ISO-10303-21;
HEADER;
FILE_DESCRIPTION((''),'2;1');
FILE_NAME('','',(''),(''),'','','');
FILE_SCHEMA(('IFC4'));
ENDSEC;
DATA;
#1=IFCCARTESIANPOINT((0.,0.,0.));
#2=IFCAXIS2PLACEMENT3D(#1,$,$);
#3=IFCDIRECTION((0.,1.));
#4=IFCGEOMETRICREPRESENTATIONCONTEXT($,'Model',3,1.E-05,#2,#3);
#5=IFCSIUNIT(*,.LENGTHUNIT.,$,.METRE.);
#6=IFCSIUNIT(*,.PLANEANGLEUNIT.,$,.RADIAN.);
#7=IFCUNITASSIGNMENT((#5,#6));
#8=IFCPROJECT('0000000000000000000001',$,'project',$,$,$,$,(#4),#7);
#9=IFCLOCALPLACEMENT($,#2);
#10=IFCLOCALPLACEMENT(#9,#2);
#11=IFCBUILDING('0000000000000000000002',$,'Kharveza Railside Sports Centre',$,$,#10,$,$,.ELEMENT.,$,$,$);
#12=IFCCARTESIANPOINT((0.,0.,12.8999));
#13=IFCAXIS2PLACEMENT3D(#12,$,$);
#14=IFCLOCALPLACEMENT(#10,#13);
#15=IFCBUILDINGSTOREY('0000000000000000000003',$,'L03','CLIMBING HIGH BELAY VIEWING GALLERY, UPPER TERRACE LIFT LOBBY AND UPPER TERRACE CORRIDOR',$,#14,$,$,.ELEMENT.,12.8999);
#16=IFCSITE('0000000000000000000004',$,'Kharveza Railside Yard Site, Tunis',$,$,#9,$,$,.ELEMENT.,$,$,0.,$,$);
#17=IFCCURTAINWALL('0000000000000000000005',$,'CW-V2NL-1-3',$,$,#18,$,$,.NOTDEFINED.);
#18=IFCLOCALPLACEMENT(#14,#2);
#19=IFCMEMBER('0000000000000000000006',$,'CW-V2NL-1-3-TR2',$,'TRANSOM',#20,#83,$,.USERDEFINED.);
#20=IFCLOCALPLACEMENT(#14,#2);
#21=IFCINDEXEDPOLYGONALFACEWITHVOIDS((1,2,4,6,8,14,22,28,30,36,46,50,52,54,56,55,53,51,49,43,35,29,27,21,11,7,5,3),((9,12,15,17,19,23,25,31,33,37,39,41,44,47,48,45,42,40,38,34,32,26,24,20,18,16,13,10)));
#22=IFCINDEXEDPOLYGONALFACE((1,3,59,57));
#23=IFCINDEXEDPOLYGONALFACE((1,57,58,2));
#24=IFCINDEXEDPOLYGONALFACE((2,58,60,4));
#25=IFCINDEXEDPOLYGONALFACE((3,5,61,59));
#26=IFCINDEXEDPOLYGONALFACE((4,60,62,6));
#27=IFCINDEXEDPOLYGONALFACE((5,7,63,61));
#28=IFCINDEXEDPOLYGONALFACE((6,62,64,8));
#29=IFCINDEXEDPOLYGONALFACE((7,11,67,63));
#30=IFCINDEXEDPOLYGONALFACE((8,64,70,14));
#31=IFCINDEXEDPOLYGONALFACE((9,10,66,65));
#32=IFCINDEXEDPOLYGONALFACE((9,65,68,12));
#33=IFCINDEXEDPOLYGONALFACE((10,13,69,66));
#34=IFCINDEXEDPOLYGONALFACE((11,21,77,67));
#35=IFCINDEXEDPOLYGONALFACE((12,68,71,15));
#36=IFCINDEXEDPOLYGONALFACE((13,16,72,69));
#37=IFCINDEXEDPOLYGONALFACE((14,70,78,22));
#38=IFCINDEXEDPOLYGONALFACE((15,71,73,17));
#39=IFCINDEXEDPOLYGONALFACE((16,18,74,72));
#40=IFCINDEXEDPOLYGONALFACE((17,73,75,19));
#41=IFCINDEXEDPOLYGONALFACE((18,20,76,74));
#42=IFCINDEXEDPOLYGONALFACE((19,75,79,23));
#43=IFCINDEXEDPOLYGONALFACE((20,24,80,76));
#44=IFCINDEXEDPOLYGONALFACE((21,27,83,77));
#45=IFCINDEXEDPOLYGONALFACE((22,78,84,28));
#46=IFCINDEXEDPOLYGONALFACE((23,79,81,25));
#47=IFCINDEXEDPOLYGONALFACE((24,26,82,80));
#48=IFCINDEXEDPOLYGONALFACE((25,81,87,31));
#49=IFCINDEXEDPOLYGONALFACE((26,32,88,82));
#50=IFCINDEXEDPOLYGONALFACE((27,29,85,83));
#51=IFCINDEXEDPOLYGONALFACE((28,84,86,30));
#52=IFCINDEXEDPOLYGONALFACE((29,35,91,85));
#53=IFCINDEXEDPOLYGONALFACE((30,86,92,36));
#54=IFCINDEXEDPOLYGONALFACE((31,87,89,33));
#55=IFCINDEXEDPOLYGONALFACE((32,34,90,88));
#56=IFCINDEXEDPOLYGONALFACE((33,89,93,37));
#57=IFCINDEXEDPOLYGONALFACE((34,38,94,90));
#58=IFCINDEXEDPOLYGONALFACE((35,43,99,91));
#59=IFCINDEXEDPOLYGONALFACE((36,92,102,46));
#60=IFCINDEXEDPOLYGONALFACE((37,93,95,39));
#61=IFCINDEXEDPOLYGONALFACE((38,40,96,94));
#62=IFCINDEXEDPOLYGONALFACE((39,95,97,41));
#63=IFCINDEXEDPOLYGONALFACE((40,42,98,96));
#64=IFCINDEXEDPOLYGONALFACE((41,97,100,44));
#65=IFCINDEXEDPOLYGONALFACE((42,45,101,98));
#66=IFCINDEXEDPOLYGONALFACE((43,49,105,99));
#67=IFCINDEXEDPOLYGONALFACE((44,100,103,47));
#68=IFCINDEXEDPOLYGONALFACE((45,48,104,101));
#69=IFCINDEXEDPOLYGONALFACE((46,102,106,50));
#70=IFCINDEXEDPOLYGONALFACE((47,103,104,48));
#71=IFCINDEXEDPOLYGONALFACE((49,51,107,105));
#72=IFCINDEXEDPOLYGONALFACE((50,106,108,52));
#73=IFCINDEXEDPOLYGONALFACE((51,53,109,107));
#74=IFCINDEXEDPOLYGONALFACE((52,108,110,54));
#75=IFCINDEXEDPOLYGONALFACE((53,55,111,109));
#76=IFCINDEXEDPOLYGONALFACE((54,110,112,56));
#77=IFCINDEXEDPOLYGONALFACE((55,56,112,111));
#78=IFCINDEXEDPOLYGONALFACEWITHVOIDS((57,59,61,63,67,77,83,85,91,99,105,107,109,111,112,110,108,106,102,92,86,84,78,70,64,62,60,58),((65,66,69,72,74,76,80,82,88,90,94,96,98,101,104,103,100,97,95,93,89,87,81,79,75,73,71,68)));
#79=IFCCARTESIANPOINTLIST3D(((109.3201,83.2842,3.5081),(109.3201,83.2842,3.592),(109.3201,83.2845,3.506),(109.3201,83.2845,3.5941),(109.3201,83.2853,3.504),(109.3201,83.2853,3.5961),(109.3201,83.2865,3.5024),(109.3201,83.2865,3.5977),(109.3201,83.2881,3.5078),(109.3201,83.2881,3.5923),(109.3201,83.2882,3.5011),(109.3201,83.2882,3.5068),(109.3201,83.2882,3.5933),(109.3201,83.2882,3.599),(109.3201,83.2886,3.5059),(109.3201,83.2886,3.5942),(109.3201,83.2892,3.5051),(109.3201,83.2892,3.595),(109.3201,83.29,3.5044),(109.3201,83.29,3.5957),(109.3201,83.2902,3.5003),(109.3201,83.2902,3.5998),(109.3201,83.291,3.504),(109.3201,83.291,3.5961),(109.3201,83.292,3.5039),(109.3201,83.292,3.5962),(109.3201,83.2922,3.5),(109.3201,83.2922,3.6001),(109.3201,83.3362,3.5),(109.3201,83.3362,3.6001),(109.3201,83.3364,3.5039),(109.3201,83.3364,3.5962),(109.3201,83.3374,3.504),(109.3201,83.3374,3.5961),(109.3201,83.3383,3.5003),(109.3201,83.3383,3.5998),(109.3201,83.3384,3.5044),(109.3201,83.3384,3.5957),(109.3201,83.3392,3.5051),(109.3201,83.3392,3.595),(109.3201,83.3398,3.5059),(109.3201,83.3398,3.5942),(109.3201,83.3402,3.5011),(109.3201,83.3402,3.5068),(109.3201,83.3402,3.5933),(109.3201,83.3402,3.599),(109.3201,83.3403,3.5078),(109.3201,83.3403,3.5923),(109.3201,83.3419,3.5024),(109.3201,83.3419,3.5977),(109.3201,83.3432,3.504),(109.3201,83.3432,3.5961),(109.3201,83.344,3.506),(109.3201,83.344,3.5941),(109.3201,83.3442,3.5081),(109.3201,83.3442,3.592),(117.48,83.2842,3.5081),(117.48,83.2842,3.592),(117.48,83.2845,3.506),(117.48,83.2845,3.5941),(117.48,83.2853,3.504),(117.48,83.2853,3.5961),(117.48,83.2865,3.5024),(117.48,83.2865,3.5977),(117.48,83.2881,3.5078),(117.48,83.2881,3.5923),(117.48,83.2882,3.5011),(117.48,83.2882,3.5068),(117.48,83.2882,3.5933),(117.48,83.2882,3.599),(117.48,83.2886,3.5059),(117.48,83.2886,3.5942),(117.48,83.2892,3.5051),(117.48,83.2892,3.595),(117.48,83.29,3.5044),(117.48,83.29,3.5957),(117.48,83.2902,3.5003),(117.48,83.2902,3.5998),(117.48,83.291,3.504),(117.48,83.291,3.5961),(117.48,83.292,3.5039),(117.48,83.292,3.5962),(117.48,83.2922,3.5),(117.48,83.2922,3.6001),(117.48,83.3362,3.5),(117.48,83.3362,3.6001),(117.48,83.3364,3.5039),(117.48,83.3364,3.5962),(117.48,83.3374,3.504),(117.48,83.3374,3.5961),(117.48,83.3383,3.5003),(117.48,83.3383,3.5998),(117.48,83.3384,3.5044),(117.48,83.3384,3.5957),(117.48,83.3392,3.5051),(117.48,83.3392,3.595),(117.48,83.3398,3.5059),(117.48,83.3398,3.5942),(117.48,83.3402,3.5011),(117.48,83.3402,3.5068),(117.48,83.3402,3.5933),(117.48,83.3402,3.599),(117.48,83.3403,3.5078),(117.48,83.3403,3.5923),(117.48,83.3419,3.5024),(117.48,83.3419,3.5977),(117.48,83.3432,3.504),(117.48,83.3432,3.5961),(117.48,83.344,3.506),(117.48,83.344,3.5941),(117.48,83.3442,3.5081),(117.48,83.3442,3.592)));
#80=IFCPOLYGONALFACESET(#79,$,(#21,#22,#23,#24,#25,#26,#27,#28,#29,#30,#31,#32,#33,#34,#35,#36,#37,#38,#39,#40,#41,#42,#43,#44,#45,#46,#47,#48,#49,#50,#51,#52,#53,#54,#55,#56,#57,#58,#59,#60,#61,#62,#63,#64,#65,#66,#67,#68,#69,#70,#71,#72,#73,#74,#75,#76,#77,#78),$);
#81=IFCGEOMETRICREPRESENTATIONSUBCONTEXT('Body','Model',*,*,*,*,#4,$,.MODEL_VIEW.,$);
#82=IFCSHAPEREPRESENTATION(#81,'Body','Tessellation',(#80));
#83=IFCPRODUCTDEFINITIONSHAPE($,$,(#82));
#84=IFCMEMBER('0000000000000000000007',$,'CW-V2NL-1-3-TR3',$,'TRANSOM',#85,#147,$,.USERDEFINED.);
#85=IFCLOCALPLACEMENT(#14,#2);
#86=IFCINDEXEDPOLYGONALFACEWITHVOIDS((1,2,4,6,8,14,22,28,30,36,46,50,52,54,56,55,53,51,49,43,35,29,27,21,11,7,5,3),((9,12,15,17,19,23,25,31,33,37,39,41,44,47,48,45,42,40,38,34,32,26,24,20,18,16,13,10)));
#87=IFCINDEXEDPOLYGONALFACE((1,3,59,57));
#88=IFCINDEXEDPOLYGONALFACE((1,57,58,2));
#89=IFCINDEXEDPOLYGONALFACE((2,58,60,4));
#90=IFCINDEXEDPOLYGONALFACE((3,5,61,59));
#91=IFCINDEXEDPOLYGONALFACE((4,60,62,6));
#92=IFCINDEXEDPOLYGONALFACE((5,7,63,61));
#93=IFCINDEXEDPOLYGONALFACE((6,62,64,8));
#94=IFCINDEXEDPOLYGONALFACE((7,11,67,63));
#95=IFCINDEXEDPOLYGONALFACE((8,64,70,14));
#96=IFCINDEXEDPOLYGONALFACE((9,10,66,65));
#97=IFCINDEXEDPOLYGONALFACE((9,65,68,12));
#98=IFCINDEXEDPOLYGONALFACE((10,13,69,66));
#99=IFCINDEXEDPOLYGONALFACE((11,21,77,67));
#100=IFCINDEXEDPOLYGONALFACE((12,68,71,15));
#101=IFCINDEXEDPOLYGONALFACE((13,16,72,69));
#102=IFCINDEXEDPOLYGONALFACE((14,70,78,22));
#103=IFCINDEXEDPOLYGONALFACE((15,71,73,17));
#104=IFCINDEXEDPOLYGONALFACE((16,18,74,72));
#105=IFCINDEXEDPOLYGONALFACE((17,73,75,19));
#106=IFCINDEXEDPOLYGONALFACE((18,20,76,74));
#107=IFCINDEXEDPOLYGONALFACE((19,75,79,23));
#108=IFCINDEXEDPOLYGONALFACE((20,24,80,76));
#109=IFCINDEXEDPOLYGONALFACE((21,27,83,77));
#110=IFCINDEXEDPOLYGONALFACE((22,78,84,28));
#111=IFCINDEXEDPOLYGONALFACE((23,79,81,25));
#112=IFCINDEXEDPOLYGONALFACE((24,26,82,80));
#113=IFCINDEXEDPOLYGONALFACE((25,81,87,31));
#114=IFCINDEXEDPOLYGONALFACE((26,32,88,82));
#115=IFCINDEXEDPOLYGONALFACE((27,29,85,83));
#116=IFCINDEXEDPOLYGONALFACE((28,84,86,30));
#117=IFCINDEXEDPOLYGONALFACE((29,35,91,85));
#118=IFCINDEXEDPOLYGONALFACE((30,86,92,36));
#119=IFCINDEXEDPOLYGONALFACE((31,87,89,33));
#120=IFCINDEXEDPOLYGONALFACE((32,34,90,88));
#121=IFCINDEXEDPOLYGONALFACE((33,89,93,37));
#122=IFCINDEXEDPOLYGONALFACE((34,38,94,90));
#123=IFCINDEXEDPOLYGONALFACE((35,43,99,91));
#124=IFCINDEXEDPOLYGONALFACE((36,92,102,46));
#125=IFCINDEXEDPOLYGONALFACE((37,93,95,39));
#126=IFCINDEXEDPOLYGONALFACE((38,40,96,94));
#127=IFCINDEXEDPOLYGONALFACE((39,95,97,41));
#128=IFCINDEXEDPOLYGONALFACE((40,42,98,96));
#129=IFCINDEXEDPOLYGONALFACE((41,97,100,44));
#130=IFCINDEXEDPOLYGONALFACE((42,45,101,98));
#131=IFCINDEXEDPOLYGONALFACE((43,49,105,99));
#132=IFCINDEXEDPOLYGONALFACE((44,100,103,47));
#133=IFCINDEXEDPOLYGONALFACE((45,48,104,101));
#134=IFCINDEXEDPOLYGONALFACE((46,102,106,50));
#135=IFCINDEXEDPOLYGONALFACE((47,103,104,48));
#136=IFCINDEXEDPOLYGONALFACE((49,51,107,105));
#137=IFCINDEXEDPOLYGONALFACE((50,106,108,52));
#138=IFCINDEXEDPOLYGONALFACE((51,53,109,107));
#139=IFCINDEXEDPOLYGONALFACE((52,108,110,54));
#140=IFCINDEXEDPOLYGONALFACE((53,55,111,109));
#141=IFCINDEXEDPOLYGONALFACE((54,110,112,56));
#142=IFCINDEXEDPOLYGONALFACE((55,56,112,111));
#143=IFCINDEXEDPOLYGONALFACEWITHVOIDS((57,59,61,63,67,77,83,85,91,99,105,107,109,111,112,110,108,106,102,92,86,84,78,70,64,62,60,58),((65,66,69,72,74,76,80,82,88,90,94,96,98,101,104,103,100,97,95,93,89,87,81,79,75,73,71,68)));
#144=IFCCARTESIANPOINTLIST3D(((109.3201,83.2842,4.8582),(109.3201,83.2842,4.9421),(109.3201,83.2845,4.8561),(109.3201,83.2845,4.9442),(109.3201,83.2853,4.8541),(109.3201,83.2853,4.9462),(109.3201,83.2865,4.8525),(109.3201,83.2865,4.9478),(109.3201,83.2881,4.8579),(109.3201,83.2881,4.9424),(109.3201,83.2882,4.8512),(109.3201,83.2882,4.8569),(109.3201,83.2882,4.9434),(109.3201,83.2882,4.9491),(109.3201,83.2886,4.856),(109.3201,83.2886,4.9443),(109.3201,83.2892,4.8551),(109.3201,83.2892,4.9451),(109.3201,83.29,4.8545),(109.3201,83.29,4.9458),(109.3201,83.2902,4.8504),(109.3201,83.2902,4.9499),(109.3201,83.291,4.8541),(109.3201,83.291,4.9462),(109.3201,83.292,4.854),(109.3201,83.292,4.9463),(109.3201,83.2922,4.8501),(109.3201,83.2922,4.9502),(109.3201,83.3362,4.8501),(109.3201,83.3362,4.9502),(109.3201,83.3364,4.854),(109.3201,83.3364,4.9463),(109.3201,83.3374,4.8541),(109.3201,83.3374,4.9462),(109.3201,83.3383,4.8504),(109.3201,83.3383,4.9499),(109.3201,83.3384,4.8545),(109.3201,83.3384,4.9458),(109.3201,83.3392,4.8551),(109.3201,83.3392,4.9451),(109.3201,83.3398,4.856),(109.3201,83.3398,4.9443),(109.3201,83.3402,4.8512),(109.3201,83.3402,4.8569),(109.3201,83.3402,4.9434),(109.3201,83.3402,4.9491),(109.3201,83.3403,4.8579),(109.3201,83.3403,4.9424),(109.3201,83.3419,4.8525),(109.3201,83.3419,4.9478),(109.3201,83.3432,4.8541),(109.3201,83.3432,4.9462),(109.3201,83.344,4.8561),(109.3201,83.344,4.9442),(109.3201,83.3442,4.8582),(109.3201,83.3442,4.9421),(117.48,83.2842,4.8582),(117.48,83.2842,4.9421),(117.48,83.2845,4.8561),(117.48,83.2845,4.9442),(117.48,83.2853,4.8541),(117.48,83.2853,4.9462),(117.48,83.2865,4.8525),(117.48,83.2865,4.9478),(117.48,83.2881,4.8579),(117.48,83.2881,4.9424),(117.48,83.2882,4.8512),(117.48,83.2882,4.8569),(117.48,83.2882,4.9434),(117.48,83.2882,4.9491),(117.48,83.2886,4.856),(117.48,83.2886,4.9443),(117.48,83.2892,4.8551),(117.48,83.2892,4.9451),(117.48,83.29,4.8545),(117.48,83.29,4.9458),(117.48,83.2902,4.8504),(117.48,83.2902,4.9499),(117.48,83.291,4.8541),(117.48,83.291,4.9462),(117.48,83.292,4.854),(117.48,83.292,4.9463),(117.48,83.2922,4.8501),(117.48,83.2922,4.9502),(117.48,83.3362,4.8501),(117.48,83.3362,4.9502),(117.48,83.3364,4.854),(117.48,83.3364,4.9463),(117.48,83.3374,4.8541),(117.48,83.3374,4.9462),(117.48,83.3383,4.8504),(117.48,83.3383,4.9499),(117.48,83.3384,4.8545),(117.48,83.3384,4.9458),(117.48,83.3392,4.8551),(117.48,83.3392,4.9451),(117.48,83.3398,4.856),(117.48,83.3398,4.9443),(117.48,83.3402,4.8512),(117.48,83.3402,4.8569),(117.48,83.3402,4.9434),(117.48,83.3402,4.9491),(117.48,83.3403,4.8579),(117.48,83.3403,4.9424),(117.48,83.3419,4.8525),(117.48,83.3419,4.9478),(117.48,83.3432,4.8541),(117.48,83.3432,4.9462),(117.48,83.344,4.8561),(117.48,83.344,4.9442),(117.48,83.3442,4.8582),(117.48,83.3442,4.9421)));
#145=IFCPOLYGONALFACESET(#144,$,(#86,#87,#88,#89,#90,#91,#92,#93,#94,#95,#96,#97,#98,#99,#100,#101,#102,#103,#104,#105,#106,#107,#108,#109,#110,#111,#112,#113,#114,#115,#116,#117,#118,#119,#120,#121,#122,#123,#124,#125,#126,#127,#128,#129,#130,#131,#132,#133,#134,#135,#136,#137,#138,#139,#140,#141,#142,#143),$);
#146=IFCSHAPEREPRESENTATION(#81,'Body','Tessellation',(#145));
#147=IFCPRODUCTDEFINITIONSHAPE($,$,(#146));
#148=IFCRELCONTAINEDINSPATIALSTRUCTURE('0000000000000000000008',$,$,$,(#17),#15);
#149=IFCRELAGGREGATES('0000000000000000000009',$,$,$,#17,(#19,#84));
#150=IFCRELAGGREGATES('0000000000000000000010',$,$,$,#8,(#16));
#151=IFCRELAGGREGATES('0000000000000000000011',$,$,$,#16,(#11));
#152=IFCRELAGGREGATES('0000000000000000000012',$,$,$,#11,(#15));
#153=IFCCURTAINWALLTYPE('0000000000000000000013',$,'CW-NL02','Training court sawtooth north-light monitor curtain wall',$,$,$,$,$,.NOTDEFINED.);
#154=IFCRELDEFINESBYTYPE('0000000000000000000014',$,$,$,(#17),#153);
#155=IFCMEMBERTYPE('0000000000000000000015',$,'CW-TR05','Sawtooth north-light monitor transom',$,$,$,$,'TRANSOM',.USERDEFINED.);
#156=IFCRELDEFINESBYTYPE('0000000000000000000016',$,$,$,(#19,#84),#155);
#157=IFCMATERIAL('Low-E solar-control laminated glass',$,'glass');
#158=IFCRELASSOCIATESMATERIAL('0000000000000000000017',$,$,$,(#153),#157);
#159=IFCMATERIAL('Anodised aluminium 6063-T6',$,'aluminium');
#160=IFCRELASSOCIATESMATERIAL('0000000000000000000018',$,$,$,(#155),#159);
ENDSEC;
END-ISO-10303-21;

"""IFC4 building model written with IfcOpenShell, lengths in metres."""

from ifc_helpers import new_model, si_unit, direction, frame, origin, origin_2d, place, context, subcontext, project, spatial, hollow_rectangle, extrude, material, material_profile, profile_set, type_object, element, aggregate, save


model = new_model("IFC4")

# Units and contexts
model_context = context("Model", 3, precision=1e-05, world=origin(), true_north=direction((0.0, 1.0)))
body_context = subcontext(model_context, "Body", "Model", "MODEL_VIEW")
ifc_project = project(units=[si_unit("LENGTHUNIT", "METRE"), si_unit("PLANEANGLEUNIT", "RADIAN")], contexts=[model_context])

# Site, building, storey
site_placement = place(None, origin())
site = spatial("IfcSite", under=ifc_project, at=site_placement, Name="Kharveza Railside Yard Site, Tunis", CompositionType="ELEMENT", RefElevation=0.0)
building_placement = place(site_placement, origin())
building = spatial("IfcBuilding", under=site, at=building_placement, Name="Kharveza Railside Sports Centre", CompositionType="ELEMENT")
storey_placement = place(building_placement, frame((0.0, 0.0, 12.8999)))
storey = spatial("IfcBuildingStorey", under=building, at=storey_placement, Name="L03", Description="CLIMBING HIGH BELAY VIEWING GALLERY, UPPER TERRACE LIFT LOBBY AND UPPER TERRACE CORRIDOR", CompositionType="ELEMENT", Elevation=12.8999)

# Curtain wall
ifc_material_1 = material(Name="Low-E solar-control laminated glass", Category="glass")
curtain_wall_type = type_object("IfcCurtainWallType", Name="CW-NL02", Description="Training court sawtooth north-light monitor curtain wall", PredefinedType="NOTDEFINED", material=ifc_material_1)
curtain_wall_1_placement = place(storey_placement, origin())
curtain_wall_1 = element("IfcCurtainWall", 1, at=curtain_wall_1_placement, inside=storey, type_object=curtain_wall_type, Name="CW-V2NL-1-3", PredefinedType="NOTDEFINED")
ifc_material_2 = material(Name="Anodised aluminium 6063-T6", Category="aluminium")

# Members
ifc_material_profile_1 = material_profile(ifc_material_2, hollow_rectangle(XDim=0.0601, YDim=0.1001, WallThickness=0.0039, InnerFilletRadius=0.0039, OuterFilletRadius=0.0081, at=origin_2d()), Name="RHS 60x100x4.0")
ifc_profile_set_1 = profile_set([ifc_material_profile_1], Name="Anodised aluminium 6063-T6")
member_type_1 = type_object("IfcMemberType", Name="CW-TR05", Description="Sawtooth north-light monitor transom", ElementType="TRANSOM", PredefinedType="USERDEFINED", material=ifc_profile_set_1)
member_1_placement = place(storey_placement, frame((109.3201, 83.3142, 3.55), z_axis=(1.0, 0.0, 0.0), x_axis=(0.0, 1.0, 0.0)))
member_1 = element("IfcMember", 2, at=member_1_placement, type_object=member_type_1, Name="CW-V2NL-1-3-TR2", ObjectType="TRANSOM", PredefinedType="USERDEFINED", context=body_context, shape_type="SweptSolid", body=[
    extrude(hollow_rectangle(XDim=0.0601, YDim=0.1001, WallThickness=0.0039, InnerFilletRadius=0.0039, OuterFilletRadius=0.0081, at=origin_2d()), origin(), (0.0, 0.0, 1.0), 8.1599),
])
member_2_placement = place(storey_placement, frame((109.3201, 83.3142, 4.9001), z_axis=(1.0, 0.0, 0.0), x_axis=(0.0, 1.0, 0.0)))
member_2 = element("IfcMember", 3, at=member_2_placement, type_object=member_type_1, Name="CW-V2NL-1-3-TR3", ObjectType="TRANSOM", PredefinedType="USERDEFINED", context=body_context, shape_type="SweptSolid", body=[
    extrude(hollow_rectangle(XDim=0.0601, YDim=0.1001, WallThickness=0.0039, InnerFilletRadius=0.0039, OuterFilletRadius=0.0081, at=origin_2d()), origin(), (0.0, 0.0, 1.0), 8.1599),
])

aggregate(curtain_wall_1, [member_1, member_2])

save(model, "model.ifc")
